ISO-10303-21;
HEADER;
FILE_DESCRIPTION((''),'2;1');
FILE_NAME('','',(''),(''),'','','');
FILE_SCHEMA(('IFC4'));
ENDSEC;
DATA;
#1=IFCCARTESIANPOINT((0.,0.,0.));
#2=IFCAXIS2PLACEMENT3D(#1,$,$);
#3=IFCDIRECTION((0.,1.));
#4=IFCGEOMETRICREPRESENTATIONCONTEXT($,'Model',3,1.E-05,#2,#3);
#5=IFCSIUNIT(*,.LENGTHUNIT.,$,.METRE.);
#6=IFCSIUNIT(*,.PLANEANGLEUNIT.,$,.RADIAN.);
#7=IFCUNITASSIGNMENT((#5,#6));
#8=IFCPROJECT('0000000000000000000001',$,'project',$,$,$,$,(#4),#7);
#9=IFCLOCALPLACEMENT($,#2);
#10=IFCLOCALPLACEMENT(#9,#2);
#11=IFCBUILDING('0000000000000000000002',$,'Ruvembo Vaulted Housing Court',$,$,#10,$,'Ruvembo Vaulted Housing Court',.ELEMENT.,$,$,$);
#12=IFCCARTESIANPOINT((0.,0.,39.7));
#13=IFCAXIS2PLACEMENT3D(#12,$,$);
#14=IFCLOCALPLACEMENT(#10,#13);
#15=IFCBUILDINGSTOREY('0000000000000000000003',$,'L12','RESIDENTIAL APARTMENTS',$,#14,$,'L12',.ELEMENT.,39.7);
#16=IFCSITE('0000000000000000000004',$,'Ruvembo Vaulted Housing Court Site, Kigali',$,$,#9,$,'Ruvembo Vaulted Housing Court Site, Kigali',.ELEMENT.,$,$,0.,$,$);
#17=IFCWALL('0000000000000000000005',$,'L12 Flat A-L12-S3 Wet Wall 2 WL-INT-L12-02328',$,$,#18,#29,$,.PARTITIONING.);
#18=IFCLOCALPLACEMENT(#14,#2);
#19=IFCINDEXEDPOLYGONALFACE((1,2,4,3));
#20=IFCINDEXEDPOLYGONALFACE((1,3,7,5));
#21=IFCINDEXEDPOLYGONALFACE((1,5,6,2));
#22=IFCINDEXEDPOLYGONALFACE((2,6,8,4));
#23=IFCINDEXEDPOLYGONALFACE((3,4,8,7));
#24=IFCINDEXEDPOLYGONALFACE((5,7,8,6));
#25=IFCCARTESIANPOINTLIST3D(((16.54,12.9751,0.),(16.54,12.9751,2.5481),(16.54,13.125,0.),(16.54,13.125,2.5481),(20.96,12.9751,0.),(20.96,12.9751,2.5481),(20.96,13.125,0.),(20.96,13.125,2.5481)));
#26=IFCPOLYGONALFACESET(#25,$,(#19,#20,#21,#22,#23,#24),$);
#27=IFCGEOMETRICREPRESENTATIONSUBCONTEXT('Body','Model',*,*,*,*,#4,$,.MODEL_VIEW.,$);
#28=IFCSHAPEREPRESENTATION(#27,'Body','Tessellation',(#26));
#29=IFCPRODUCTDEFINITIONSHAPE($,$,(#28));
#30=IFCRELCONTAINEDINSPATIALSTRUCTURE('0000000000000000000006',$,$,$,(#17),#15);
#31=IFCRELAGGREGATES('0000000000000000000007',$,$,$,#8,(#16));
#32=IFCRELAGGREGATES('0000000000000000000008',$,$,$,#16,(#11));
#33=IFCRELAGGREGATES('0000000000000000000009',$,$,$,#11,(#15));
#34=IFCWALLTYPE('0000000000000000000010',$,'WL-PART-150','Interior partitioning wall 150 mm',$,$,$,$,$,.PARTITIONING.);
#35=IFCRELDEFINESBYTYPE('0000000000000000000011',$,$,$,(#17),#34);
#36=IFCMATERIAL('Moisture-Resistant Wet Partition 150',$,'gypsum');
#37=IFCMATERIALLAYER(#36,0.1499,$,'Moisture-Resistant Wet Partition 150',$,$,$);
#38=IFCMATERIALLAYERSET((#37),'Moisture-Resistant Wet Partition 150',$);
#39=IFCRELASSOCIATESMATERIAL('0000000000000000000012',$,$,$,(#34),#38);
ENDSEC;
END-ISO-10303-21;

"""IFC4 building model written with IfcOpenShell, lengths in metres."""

from ifc_helpers import new_model, si_unit, direction, frame, frame_2d, origin, place, context, subcontext, project, spatial, rectangle, extrude, material, layer, layer_set, type_object, element, save


model = new_model("IFC4")

# Units and contexts
model_context = context("Model", 3, precision=1e-05, world=origin(), true_north=direction((0.0, 1.0)))
body_context = subcontext(model_context, "Body", "Model", "MODEL_VIEW")
ifc_project = project(units=[si_unit("LENGTHUNIT", "METRE"), si_unit("PLANEANGLEUNIT", "RADIAN")], contexts=[model_context])

# Site, building, storey
site_placement = place(None, origin())
site = spatial("IfcSite", under=ifc_project, at=site_placement, Name="Ruvembo Vaulted Housing Court Site, Kigali", LongName="Ruvembo Vaulted Housing Court Site, Kigali", CompositionType="ELEMENT", RefElevation=0.0)
building_placement = place(site_placement, origin())
building = spatial("IfcBuilding", under=site, at=building_placement, Name="Ruvembo Vaulted Housing Court", LongName="Ruvembo Vaulted Housing Court", CompositionType="ELEMENT")
storey_placement = place(building_placement, frame((0.0, 0.0, 39.7)))
storey = spatial("IfcBuildingStorey", under=building, at=storey_placement, Name="L12", Description="RESIDENTIAL APARTMENTS", LongName="L12", CompositionType="ELEMENT", Elevation=39.7)

# Shared definitions
ifc_material_1 = material(Name="Moisture-Resistant Wet Partition 150", Category="gypsum")
ifc_layer_1 = layer(ifc_material_1, 0.1499, Name="Moisture-Resistant Wet Partition 150")
ifc_layer_set_1 = layer_set([ifc_layer_1], Name="Moisture-Resistant Wet Partition 150")
wall_type_1 = type_object("IfcWallType", Name="WL-PART-150", Description="Interior partitioning wall 150 mm", PredefinedType="PARTITIONING", material=ifc_layer_set_1)

# Wall
wall_1_placement = place(storey_placement, frame((16.54, 13.05, 0.0), z_axis=(0.0, 0.0, 1.0), x_axis=(1.0, 0.0, 0.0)))
element("IfcWall", 1, at=wall_1_placement, inside=storey, type_object=wall_type_1, Name="L12 Flat A-L12-S3 Wet Wall 2 WL-INT-L12-02328", PredefinedType="PARTITIONING", context=body_context, shape_type="SweptSolid", body=[
    extrude(rectangle(XDim=4.4199, YDim=0.1499, at=frame_2d((2.21, 0.0))), origin(), (0.0, 0.0, 1.0), 2.5481),
])

save(model, "model.ifc")
